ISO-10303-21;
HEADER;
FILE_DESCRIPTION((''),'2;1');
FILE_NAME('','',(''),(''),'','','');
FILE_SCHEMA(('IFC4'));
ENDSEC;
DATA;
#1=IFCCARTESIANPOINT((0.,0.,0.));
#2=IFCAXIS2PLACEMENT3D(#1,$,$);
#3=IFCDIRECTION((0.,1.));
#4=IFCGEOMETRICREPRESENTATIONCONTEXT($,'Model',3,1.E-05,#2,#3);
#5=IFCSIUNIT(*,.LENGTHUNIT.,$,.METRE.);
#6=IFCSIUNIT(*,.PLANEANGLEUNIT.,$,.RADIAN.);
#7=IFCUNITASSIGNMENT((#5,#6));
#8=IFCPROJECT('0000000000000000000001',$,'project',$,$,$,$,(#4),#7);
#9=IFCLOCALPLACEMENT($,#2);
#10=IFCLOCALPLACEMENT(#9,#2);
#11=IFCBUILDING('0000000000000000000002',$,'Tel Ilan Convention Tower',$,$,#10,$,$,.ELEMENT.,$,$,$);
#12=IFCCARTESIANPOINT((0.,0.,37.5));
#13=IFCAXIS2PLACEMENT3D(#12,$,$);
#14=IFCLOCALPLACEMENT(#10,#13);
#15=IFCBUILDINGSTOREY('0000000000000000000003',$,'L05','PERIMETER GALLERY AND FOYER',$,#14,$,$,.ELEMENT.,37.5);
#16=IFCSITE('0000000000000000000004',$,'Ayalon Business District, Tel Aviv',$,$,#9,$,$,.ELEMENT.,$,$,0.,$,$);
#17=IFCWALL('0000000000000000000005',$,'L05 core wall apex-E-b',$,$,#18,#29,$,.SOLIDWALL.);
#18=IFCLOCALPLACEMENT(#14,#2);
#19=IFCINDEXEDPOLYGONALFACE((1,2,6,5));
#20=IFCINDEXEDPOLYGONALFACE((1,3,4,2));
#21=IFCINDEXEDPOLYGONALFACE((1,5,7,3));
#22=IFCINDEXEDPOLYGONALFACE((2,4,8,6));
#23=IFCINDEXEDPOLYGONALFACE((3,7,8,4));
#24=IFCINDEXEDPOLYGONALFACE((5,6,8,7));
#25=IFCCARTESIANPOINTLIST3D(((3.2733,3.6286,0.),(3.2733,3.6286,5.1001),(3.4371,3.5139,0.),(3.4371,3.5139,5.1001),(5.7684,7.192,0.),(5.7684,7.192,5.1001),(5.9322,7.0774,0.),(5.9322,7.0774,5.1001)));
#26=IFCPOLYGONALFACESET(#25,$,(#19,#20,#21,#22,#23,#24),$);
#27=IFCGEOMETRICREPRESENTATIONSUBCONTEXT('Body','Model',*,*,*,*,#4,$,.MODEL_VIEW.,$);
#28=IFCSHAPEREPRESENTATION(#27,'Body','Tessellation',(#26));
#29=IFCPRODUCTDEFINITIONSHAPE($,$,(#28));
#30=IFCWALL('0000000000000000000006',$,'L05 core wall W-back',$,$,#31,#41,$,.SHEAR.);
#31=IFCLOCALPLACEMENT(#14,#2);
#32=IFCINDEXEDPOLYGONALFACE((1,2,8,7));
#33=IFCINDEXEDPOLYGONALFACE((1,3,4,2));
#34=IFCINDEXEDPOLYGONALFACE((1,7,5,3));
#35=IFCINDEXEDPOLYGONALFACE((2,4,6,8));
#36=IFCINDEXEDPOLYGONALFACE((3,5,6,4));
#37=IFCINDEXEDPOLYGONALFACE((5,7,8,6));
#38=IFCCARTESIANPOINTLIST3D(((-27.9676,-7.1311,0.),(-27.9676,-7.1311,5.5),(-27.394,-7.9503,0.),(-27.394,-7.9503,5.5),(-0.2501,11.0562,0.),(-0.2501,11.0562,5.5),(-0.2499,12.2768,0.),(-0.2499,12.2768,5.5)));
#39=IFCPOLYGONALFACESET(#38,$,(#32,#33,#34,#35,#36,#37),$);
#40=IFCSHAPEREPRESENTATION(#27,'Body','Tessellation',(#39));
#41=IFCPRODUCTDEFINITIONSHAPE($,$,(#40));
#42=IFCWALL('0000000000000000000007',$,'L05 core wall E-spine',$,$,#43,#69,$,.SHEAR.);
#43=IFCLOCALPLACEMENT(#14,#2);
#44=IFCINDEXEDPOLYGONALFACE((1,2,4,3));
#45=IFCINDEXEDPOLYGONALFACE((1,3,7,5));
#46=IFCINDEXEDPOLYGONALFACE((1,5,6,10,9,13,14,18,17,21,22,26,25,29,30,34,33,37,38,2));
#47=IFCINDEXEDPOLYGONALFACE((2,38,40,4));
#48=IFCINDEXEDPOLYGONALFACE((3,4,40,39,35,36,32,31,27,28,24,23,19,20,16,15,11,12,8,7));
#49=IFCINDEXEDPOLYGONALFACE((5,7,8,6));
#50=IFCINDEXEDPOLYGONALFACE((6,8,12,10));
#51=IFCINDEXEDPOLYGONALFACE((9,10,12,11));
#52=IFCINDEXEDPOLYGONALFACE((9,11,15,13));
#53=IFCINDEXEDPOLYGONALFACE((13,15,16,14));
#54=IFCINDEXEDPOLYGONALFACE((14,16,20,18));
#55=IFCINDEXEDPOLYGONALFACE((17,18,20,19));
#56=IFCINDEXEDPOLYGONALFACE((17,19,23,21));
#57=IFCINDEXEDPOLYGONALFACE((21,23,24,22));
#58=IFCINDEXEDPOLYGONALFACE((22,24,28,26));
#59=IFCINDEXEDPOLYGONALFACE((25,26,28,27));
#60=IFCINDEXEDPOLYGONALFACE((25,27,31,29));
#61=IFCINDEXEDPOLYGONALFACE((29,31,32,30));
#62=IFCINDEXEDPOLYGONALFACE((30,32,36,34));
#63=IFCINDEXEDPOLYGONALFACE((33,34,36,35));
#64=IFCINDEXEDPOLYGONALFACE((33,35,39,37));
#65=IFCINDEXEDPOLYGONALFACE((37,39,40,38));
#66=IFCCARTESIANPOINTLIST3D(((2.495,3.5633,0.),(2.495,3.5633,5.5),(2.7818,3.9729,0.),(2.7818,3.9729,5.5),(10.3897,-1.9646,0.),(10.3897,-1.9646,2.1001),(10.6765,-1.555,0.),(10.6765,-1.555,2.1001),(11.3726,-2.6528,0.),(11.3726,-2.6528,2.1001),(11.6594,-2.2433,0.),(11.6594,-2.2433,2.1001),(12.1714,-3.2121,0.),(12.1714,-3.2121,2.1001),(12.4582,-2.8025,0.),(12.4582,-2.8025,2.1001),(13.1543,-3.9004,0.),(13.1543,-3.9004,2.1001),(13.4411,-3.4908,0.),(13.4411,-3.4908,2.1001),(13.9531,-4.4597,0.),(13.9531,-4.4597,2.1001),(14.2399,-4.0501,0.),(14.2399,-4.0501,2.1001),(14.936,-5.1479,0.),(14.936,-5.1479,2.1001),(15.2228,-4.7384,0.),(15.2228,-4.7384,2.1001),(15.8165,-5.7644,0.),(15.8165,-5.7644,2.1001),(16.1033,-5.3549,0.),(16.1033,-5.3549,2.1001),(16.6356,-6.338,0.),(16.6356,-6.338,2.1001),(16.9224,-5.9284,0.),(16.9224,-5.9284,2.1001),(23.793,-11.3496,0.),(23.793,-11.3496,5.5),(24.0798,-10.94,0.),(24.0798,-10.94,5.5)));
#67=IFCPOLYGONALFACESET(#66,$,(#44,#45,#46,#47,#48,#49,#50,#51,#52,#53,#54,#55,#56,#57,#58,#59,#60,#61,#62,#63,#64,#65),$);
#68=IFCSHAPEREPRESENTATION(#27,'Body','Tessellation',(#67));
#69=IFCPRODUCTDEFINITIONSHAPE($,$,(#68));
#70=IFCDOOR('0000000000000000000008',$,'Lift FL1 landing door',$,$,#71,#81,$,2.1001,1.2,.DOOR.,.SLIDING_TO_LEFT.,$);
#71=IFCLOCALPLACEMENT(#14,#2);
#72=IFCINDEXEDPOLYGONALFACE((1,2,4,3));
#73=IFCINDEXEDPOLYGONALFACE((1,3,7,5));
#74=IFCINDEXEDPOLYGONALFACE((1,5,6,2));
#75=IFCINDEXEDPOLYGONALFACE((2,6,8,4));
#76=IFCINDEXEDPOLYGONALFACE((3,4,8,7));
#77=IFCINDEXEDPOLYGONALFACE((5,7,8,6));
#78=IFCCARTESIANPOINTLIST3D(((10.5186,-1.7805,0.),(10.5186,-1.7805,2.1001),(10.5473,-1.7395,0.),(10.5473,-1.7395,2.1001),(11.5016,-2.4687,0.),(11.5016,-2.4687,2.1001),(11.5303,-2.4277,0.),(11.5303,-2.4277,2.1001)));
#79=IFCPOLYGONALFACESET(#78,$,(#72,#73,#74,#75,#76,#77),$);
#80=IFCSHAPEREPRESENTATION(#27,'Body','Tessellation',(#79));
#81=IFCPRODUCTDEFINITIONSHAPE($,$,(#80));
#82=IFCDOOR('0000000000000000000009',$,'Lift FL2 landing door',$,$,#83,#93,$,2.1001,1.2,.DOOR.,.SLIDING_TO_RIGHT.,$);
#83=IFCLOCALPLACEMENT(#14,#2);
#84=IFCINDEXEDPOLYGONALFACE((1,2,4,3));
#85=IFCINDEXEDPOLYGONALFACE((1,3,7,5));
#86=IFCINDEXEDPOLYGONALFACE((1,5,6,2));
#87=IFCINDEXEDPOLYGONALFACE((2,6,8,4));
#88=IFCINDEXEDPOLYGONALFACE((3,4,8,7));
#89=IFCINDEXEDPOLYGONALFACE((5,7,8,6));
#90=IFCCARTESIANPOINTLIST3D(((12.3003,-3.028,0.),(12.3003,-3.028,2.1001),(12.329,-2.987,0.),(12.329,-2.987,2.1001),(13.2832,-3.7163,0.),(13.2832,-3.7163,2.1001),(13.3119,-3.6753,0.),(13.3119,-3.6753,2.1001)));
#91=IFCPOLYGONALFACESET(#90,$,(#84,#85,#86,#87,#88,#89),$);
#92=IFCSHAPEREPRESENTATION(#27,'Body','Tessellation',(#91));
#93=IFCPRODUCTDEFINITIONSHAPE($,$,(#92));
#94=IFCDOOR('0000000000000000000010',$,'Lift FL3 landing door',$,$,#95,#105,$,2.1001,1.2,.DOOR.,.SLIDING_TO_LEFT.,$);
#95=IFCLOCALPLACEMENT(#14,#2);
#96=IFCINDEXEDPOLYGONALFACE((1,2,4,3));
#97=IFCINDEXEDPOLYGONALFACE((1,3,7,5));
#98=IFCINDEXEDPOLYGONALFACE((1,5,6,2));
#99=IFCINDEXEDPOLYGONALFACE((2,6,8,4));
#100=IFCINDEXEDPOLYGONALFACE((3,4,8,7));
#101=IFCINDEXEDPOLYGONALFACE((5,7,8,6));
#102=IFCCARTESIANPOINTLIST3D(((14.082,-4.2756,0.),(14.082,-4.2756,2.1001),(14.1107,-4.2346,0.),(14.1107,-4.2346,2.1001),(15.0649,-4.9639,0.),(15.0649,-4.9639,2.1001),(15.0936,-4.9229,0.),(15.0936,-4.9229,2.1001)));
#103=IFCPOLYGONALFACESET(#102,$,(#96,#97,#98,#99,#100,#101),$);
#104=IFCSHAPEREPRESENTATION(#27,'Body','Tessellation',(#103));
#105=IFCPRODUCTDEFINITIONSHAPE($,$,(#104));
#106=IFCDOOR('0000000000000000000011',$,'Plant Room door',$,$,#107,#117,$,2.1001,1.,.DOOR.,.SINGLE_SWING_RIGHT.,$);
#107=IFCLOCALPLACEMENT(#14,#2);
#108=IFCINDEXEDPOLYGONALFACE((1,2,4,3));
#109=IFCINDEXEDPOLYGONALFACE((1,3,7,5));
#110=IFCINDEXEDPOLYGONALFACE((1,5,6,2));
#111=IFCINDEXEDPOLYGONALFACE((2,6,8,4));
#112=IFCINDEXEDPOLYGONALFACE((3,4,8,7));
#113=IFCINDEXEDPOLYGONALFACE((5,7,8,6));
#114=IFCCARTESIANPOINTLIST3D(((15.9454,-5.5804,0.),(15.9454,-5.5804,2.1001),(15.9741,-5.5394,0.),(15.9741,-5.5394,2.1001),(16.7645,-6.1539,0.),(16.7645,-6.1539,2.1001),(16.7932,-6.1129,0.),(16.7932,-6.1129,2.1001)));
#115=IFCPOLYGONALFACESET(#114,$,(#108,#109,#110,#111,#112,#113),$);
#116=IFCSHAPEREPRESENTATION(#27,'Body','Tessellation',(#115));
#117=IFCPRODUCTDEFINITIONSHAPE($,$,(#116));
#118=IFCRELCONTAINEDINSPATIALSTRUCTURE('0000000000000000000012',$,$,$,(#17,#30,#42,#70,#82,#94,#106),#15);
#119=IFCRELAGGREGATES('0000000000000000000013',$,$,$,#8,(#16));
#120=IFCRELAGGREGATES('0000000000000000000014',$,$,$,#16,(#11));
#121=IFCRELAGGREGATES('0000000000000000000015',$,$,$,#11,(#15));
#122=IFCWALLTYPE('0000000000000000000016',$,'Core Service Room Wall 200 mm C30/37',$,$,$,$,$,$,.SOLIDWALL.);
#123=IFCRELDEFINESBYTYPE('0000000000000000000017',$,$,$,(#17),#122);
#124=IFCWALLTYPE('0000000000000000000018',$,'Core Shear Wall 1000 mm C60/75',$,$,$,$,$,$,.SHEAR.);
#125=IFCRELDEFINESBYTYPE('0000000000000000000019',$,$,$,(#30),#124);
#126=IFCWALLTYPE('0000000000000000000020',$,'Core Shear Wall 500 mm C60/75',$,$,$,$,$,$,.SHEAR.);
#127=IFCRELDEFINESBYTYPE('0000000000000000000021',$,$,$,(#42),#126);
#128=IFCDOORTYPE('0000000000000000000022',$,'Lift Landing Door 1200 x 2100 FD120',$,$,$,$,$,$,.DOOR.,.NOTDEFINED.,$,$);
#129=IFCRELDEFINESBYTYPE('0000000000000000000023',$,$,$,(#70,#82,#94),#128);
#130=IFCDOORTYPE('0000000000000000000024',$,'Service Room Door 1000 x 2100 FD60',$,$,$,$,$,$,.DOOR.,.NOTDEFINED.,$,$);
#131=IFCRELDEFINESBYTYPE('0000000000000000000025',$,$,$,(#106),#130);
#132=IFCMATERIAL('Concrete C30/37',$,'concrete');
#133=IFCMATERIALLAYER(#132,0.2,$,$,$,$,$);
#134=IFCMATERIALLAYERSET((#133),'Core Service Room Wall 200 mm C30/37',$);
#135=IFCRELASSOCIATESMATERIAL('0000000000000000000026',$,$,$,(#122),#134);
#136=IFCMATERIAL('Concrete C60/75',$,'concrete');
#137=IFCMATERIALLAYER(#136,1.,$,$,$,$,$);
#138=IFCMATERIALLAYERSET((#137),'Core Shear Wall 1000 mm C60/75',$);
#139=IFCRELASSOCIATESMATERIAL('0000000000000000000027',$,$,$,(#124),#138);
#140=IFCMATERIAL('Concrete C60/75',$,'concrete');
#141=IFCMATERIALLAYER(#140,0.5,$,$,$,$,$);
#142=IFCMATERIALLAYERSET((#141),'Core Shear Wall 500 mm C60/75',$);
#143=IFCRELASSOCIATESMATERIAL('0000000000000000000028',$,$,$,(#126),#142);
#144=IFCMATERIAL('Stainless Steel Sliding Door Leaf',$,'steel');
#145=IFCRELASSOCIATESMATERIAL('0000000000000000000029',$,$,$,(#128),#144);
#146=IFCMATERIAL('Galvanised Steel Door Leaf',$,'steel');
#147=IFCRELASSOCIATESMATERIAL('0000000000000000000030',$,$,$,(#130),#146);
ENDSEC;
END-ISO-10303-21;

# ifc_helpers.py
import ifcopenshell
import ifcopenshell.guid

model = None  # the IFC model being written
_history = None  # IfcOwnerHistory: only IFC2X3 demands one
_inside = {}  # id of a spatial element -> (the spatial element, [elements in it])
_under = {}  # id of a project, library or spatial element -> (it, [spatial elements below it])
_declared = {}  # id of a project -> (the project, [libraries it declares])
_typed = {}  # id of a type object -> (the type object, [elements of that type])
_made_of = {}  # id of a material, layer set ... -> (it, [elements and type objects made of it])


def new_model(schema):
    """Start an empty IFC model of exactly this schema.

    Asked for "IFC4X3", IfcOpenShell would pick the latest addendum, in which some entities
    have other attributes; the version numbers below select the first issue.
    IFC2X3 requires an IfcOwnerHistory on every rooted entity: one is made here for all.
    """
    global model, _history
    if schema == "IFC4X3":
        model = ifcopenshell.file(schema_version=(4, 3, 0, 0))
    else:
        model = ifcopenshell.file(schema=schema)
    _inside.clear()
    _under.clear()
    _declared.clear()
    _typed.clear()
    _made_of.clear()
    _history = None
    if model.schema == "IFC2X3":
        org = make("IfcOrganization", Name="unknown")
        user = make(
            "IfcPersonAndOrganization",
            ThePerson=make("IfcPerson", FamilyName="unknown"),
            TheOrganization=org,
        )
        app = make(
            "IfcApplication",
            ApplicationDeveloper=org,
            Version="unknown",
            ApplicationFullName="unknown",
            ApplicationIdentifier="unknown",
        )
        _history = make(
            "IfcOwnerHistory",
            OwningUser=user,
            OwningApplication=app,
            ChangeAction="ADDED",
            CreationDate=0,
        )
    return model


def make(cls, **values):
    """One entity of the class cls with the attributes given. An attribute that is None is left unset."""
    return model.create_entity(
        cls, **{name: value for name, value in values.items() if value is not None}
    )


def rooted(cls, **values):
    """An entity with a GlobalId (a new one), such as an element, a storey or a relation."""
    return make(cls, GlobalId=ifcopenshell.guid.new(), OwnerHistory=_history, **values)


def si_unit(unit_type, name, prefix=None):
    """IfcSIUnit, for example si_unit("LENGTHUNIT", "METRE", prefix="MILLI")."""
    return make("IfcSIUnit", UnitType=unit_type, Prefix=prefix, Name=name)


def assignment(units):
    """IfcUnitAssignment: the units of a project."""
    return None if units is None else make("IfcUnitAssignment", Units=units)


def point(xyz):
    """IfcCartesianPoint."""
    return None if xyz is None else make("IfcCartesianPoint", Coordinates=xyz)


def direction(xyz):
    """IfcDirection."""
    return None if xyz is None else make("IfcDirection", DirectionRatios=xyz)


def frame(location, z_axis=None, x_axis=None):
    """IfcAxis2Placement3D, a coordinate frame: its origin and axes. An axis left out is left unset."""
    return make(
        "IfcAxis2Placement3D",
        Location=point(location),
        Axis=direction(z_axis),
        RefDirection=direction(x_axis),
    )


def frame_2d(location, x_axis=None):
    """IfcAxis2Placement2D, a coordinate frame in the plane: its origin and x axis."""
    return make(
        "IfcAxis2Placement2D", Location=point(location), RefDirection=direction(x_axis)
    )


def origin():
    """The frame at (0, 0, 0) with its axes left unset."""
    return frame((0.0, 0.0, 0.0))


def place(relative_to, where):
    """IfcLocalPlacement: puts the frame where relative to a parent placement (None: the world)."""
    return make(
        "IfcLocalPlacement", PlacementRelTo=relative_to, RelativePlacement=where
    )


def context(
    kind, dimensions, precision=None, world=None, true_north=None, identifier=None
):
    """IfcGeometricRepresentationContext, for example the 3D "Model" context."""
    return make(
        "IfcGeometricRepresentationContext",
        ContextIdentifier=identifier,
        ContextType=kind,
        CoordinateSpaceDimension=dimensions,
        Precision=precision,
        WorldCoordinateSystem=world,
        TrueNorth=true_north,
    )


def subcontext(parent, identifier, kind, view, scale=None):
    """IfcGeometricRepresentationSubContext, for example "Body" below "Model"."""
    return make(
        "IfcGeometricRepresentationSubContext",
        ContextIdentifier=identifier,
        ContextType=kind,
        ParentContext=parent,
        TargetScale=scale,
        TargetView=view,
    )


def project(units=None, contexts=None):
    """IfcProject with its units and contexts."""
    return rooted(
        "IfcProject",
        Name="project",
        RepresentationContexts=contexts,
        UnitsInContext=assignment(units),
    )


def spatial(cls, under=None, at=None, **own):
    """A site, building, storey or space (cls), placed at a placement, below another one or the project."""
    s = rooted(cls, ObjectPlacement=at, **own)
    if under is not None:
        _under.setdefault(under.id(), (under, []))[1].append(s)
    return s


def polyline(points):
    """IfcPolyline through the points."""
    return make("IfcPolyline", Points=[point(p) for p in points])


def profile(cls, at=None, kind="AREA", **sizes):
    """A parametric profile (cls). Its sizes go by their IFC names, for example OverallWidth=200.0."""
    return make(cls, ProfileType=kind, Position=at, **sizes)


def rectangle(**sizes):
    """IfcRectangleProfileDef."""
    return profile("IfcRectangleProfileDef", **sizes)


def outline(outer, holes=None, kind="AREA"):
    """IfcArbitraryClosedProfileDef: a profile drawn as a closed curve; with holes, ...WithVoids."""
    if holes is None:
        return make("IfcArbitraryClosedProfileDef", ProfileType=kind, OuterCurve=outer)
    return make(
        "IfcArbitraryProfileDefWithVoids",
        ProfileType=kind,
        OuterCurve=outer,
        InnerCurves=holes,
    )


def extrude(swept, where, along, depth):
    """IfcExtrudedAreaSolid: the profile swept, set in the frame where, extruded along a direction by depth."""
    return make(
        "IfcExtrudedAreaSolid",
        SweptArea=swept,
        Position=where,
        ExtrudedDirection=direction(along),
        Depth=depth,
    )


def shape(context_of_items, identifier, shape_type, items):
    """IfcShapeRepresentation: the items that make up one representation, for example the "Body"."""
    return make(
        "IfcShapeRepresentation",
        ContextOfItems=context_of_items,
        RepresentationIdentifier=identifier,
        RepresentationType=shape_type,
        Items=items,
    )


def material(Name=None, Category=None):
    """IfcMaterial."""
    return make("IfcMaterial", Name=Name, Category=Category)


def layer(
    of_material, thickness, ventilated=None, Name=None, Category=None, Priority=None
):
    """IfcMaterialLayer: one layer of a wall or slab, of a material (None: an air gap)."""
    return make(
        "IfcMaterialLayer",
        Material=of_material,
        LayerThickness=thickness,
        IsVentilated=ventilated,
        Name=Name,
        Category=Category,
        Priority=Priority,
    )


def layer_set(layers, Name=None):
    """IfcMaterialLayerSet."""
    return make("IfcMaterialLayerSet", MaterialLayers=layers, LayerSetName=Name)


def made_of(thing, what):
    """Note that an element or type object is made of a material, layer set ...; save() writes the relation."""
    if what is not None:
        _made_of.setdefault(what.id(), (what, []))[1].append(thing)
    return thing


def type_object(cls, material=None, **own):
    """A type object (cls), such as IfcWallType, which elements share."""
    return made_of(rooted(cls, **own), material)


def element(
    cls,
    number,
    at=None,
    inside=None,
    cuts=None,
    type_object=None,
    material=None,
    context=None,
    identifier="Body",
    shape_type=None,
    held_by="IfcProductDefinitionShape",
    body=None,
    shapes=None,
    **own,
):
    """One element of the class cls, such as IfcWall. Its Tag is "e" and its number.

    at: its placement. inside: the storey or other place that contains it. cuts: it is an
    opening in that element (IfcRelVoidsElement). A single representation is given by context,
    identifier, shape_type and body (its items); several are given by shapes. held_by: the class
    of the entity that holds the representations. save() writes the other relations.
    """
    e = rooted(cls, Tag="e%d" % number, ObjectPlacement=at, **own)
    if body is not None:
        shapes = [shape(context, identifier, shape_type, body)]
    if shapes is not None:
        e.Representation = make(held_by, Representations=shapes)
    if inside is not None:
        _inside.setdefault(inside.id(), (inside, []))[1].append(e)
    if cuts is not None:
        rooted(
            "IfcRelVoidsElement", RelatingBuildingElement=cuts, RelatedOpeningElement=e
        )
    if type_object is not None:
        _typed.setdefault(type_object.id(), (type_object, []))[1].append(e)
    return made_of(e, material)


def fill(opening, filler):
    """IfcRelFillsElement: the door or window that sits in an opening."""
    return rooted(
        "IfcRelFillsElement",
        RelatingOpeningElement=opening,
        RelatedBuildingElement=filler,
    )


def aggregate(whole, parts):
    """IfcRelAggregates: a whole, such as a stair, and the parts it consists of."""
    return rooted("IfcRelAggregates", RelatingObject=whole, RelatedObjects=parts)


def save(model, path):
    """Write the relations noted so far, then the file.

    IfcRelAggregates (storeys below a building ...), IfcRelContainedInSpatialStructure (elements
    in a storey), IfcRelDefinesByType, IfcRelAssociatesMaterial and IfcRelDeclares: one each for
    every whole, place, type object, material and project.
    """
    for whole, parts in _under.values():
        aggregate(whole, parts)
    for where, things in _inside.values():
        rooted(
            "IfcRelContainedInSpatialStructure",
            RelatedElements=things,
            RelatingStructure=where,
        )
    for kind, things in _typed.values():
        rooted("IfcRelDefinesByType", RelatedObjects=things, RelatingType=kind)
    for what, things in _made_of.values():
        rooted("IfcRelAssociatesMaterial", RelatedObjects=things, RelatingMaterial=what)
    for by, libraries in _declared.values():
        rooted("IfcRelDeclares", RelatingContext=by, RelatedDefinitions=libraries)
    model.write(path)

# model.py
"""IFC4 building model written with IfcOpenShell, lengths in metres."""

from ifc_helpers import new_model, si_unit, direction, frame, frame_2d, origin, place, context, subcontext, project, spatial, polyline, rectangle, outline, extrude, material, layer, layer_set, type_object, element, fill, save


model = new_model("IFC4")

# Units and contexts
model_context = context("Model", 3, precision=1e-05, world=origin(), true_north=direction((0.0, 1.0)))
body_context = subcontext(model_context, "Body", "Model", "MODEL_VIEW")
ifc_project = project(units=[si_unit("LENGTHUNIT", "METRE"), si_unit("PLANEANGLEUNIT", "RADIAN")], contexts=[model_context])

# Site, building, storey
site_placement = place(None, origin())
site = spatial("IfcSite", under=ifc_project, at=site_placement, Name="Ayalon Business District, Tel Aviv", CompositionType="ELEMENT", RefElevation=0.0)
building_placement = place(site_placement, origin())
building = spatial("IfcBuilding", under=site, at=building_placement, Name="Tel Ilan Convention Tower", CompositionType="ELEMENT")
storey_placement = place(building_placement, frame((0.0, 0.0, 37.5)))
storey = spatial("IfcBuildingStorey", under=building, at=storey_placement, Name="L05", Description="PERIMETER GALLERY AND FOYER", CompositionType="ELEMENT", Elevation=37.5)

# Walls
ifc_material_1 = material(Name="Concrete C30/37", Category="concrete")
ifc_layer_1 = layer(ifc_material_1, 0.2)
ifc_layer_set_1 = layer_set([ifc_layer_1], Name="Core Service Room Wall 200 mm C30/37")
wall_type_1 = type_object("IfcWallType", Name="Core Service Room Wall 200 mm C30/37", PredefinedType="SOLIDWALL", material=ifc_layer_set_1)
wall_1_placement = place(storey_placement, frame((3.3552, 3.5713, 0.0), z_axis=(0.0, 0.0, 1.0), x_axis=(0.573568, 0.819158, 0.0)))
element("IfcWall", 1, at=wall_1_placement, inside=storey, type_object=wall_type_1, Name="L05 core wall apex-E-b", PredefinedType="SOLIDWALL", context=body_context, shape_type="SweptSolid", body=[
    extrude(rectangle(XDim=4.3501, YDim=0.2, at=frame_2d((2.175, 0.0))), origin(), (0.0, 0.0, 1.0), 5.1001),
])
ifc_material_2 = material(Name="Concrete C60/75", Category="concrete")
ifc_layer_2 = layer(ifc_material_2, 1.0)
ifc_layer_set_2 = layer_set([ifc_layer_2], Name="Core Shear Wall 1000 mm C60/75")
wall_type_2 = type_object("IfcWallType", Name="Core Shear Wall 1000 mm C60/75", PredefinedType="SHEAR", material=ifc_layer_set_2)
wall_2_placement = place(storey_placement, frame((0.0369, 11.8672, 0.0), z_axis=(0.0, 0.0, 1.0), x_axis=(-0.819155, -0.573572, 0.0)))
element("IfcWall", 2, at=wall_2_placement, inside=storey, type_object=wall_type_2, Name="L05 core wall W-back", PredefinedType="SHEAR", context=body_context, shape_type="SweptSolid", body=[
    extrude(outline(polyline([(33.8369, 0.5), (0.7002, 0.4998), (0.0, -0.5), (33.8369, -0.5), (33.8369, 0.5)])), origin(), (0.0, 0.0, 1.0), 5.5),
])

# Wall, openings, doors
ifc_material_3 = material(Name="Concrete C60/75", Category="concrete")
ifc_layer_3 = layer(ifc_material_3, 0.5)
ifc_layer_set_3 = layer_set([ifc_layer_3], Name="Core Shear Wall 500 mm C60/75")
wall_type_3 = type_object("IfcWallType", Name="Core Shear Wall 500 mm C60/75", PredefinedType="SHEAR", material=ifc_layer_set_3)
wall_3_placement = place(storey_placement, frame((2.6384, 3.7681, 0.0), z_axis=(0.0, 0.0, 1.0), x_axis=(0.819149, -0.573581, 0.0)))
wall_3 = element("IfcWall", 3, at=wall_3_placement, inside=storey, type_object=wall_type_3, Name="L05 core wall E-spine", PredefinedType="SHEAR", context=body_context, shape_type="SweptSolid", body=[
    extrude(outline(polyline([(0.0, 0.25), (0.0, -0.25), (26.0, -0.2498), (26.0, 0.2502), (0.0, 0.25)])), origin(), (0.0, 0.0, 1.0), 5.5),
])
opening_1_placement = place(wall_3_placement, frame((9.6375, 0.0, 0.0)))
opening_1 = element("IfcOpeningElement", 4, at=opening_1_placement, cuts=wall_3, PredefinedType="OPENING", context=body_context, shape_type="SweptSolid", body=[
    extrude(rectangle(XDim=1.2, YDim=2.1001, at=frame_2d((0.6001, 1.05))), frame((0.0, 0.26, 0.0), z_axis=(0.0, -1.0, 0.0), x_axis=(1.0, 0.0, 0.0)), (0.0, 0.0, 1.0), 0.52),
])
opening_2_placement = place(wall_3_placement, frame((11.8125, 0.0, 0.0)))
opening_2 = element("IfcOpeningElement", 5, at=opening_2_placement, cuts=wall_3, PredefinedType="OPENING", context=body_context, shape_type="SweptSolid", body=[
    extrude(rectangle(XDim=1.2, YDim=2.1001, at=frame_2d((0.6001, 1.05))), frame((0.0, 0.26, 0.0), z_axis=(0.0, -1.0, 0.0), x_axis=(1.0, 0.0, 0.0)), (0.0, 0.0, 1.0), 0.52),
])
opening_3_placement = place(wall_3_placement, frame((13.9875, 0.0, 0.0)))
opening_3 = element("IfcOpeningElement", 6, at=opening_3_placement, cuts=wall_3, PredefinedType="OPENING", context=body_context, shape_type="SweptSolid", body=[
    extrude(rectangle(XDim=1.2, YDim=2.1001, at=frame_2d((0.6001, 1.05))), frame((0.0, 0.26, 0.0), z_axis=(0.0, -1.0, 0.0), x_axis=(1.0, 0.0, 0.0)), (0.0, 0.0, 1.0), 0.52),
])
opening_4_placement = place(wall_3_placement, frame((16.2625, 0.0, 0.0)))
opening_4 = element("IfcOpeningElement", 7, at=opening_4_placement, cuts=wall_3, PredefinedType="OPENING", context=body_context, shape_type="SweptSolid", body=[
    extrude(rectangle(XDim=1.0, YDim=2.1001, at=frame_2d((0.5, 1.05))), frame((0.0, 0.26, 0.0), z_axis=(0.0, -1.0, 0.0), x_axis=(1.0, 0.0, 0.0)), (0.0, 0.0, 1.0), 0.52),
])
ifc_material_4 = material(Name="Stainless Steel Sliding Door Leaf", Category="steel")
door_type_1 = type_object("IfcDoorType", Name="Lift Landing Door 1200 x 2100 FD120", OperationType="NOTDEFINED", PredefinedType="DOOR", material=ifc_material_4)
door_1_placement = place(opening_1_placement, origin())
door_1 = element("IfcDoor", 8, at=door_1_placement, inside=storey, type_object=door_type_1, Name="Lift FL1 landing door", OperationType="SLIDING_TO_LEFT", OverallHeight=2.1001, OverallWidth=1.2, PredefinedType="DOOR", context=body_context, shape_type="SweptSolid", body=[
    extrude(rectangle(XDim=1.2, YDim=2.1001, at=frame_2d((0.6001, 1.05))), frame((0.0, 0.0249, 0.0), z_axis=(0.0, -1.0, 0.0), x_axis=(1.0, 0.0, 0.0)), (0.0, 0.0, 1.0), 0.05),
])
fill(opening_1, door_1)
door_2_placement = place(opening_2_placement, origin())
door_2 = element("IfcDoor", 9, at=door_2_placement, inside=storey, type_object=door_type_1, Name="Lift FL2 landing door", OperationType="SLIDING_TO_RIGHT", OverallHeight=2.1001, OverallWidth=1.2, PredefinedType="DOOR", context=body_context, shape_type="SweptSolid", body=[
    extrude(rectangle(XDim=1.2, YDim=2.1001, at=frame_2d((0.6001, 1.05))), frame((0.0, 0.0249, 0.0), z_axis=(0.0, -1.0, 0.0), x_axis=(1.0, 0.0, 0.0)), (0.0, 0.0, 1.0), 0.05),
])
fill(opening_2, door_2)
door_3_placement = place(opening_3_placement, origin())
door_3 = element("IfcDoor", 10, at=door_3_placement, inside=storey, type_object=door_type_1, Name="Lift FL3 landing door", OperationType="SLIDING_TO_LEFT", OverallHeight=2.1001, OverallWidth=1.2, PredefinedType="DOOR", context=body_context, shape_type="SweptSolid", body=[
    extrude(rectangle(XDim=1.2, YDim=2.1001, at=frame_2d((0.6001, 1.05))), frame((0.0, 0.0249, 0.0), z_axis=(0.0, -1.0, 0.0), x_axis=(1.0, 0.0, 0.0)), (0.0, 0.0, 1.0), 0.05),
])
fill(opening_3, door_3)
ifc_material_5 = material(Name="Galvanised Steel Door Leaf", Category="steel")
door_type_2 = type_object("IfcDoorType", Name="Service Room Door 1000 x 2100 FD60", OperationType="NOTDEFINED", PredefinedType="DOOR", material=ifc_material_5)
door_4_placement = place(opening_4_placement, origin())
door_4 = element("IfcDoor", 11, at=door_4_placement, inside=storey, type_object=door_type_2, Name="Plant Room door", OperationType="SINGLE_SWING_RIGHT", OverallHeight=2.1001, OverallWidth=1.0, PredefinedType="DOOR", context=body_context, shape_type="SweptSolid", body=[
    extrude(rectangle(XDim=1.0, YDim=2.1001, at=frame_2d((0.5, 1.05))), frame((0.0, 0.0249, 0.0), z_axis=(0.0, -1.0, 0.0), x_axis=(1.0, 0.0, 0.0)), (0.0, 0.0, 1.0), 0.05),
])
fill(opening_4, door_4)

save(model, "model.ifc")
